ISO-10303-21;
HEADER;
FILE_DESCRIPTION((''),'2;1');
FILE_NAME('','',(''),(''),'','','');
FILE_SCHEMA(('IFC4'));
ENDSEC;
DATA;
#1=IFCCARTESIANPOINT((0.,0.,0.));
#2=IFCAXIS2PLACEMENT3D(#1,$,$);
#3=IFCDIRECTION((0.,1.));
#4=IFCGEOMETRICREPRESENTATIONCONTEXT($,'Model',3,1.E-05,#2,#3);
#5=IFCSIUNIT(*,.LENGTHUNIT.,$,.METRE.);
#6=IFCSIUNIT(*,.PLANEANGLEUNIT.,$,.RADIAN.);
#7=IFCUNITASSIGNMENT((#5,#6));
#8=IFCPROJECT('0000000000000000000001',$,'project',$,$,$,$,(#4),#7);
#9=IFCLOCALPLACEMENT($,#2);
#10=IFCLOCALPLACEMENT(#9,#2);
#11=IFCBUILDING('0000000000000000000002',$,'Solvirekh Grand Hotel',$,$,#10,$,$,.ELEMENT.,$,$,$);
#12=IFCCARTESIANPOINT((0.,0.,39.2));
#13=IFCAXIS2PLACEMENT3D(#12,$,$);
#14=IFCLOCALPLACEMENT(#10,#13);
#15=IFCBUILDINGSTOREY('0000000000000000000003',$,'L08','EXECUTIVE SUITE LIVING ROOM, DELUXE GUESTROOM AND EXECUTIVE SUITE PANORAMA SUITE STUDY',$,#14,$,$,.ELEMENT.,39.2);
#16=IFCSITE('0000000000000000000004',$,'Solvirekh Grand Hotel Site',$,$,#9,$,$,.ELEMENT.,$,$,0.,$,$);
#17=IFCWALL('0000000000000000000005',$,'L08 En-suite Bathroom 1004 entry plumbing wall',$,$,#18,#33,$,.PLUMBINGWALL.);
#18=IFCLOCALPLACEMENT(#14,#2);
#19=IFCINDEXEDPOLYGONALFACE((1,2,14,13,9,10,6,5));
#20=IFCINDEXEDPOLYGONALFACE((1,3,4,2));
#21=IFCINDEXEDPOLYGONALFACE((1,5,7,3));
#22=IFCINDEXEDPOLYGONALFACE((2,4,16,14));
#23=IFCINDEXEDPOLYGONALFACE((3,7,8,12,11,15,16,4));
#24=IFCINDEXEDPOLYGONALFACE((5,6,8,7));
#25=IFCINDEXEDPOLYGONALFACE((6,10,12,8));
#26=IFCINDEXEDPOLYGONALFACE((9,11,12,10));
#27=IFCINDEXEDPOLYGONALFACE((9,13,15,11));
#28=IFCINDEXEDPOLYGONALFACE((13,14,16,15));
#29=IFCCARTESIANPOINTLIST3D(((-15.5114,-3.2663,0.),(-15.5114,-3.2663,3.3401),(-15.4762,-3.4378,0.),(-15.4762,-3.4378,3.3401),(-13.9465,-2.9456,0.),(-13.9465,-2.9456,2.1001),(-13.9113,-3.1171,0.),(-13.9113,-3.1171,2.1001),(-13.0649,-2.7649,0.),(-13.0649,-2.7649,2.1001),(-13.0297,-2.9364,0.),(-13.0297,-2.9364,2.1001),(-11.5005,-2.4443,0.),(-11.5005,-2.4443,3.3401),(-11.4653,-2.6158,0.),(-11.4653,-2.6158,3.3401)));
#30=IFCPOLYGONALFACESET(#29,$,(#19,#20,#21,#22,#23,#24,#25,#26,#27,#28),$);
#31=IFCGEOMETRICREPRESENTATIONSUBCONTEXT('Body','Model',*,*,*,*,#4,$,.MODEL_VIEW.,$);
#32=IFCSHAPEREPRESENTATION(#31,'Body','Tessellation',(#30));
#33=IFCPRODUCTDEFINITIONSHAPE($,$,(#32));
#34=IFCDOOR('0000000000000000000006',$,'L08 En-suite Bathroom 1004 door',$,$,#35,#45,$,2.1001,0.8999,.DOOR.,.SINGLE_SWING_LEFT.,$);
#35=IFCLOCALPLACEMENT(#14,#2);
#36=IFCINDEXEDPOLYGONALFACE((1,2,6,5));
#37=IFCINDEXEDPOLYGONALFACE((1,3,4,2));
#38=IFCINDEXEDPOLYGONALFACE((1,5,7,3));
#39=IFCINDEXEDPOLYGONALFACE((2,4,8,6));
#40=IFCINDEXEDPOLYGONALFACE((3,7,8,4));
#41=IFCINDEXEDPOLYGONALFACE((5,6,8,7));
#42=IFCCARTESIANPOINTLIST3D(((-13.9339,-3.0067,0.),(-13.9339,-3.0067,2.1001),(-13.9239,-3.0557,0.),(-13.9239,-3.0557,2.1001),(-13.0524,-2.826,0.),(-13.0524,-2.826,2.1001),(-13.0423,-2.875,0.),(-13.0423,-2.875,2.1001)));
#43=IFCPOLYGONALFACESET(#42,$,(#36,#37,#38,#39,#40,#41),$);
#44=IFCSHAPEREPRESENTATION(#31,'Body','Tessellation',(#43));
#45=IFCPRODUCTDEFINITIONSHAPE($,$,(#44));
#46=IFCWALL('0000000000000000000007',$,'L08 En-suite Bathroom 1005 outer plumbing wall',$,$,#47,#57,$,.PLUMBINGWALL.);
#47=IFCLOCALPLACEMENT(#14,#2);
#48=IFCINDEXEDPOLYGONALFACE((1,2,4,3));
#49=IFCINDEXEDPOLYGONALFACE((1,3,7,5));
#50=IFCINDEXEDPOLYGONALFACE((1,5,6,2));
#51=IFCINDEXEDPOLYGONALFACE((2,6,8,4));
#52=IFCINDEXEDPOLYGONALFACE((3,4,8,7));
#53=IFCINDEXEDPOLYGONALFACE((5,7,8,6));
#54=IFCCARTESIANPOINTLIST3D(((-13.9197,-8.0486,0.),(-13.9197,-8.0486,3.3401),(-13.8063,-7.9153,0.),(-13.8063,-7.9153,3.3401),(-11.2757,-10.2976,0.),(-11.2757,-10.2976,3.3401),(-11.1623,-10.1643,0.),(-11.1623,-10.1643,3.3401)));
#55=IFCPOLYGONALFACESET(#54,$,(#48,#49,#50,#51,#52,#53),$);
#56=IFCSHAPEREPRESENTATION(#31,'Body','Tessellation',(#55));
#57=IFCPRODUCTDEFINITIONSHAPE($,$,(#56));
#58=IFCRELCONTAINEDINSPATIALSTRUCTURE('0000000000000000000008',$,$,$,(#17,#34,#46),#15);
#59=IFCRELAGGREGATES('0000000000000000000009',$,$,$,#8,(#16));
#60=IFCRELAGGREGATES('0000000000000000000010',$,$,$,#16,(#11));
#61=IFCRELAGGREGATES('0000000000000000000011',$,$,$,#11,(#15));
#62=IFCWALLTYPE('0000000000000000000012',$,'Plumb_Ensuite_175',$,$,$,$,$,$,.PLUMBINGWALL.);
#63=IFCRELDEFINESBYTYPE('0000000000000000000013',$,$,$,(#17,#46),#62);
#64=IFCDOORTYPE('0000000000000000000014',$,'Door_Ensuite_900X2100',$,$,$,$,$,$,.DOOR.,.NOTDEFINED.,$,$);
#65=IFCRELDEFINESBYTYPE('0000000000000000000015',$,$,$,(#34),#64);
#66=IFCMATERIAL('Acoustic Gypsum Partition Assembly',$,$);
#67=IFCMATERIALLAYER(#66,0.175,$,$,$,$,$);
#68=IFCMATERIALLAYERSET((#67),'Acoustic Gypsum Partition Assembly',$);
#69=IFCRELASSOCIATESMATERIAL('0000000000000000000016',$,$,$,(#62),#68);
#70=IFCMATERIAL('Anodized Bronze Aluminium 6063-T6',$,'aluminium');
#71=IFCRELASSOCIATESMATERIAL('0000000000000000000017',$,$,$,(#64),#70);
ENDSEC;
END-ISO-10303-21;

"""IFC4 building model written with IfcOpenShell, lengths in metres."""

from ifc_helpers import new_model, si_unit, direction, frame, frame_2d, origin, place, context, subcontext, project, spatial, rectangle, extrude, material, layer, layer_set, type_object, element, fill, save


model = new_model("IFC4")

# Units and contexts
model_context = context("Model", 3, precision=1e-05, world=origin(), true_north=direction((0.0, 1.0)))
body_context = subcontext(model_context, "Body", "Model", "MODEL_VIEW")
ifc_project = project(units=[si_unit("LENGTHUNIT", "METRE"), si_unit("PLANEANGLEUNIT", "RADIAN")], contexts=[model_context])

# Site, building, storey
site_placement = place(None, origin())
site = spatial("IfcSite", under=ifc_project, at=site_placement, Name="Solvirekh Grand Hotel Site", CompositionType="ELEMENT", RefElevation=0.0)
building_placement = place(site_placement, origin())
building = spatial("IfcBuilding", under=site, at=building_placement, Name="Solvirekh Grand Hotel", CompositionType="ELEMENT")
storey_placement = place(building_placement, frame((0.0, 0.0, 39.2)))
storey = spatial("IfcBuildingStorey", under=building, at=storey_placement, Name="L08", Description="EXECUTIVE SUITE LIVING ROOM, DELUXE GUESTROOM AND EXECUTIVE SUITE PANORAMA SUITE STUDY", CompositionType="ELEMENT", Elevation=39.2)

# Shared definitions
ifc_material_1 = material(Name="Anodized Bronze Aluminium 6063-T6", Category="aluminium")

# Shared definitions
ifc_material_2 = material(Name="Acoustic Gypsum Partition Assembly")

# Shared definitions
ifc_layer_1 = layer(ifc_material_2, 0.175)
ifc_layer_set_1 = layer_set([ifc_layer_1], Name="Acoustic Gypsum Partition Assembly")
wall_type_1 = type_object("IfcWallType", Name="Plumb_Ensuite_175", PredefinedType="PLUMBINGWALL", material=ifc_layer_set_1)

# Wall, opening, door
wall_1_placement = place(storey_placement, frame((-11.4829, -2.53, 0.0), z_axis=(0.0, 0.0, 1.0), x_axis=(-0.979638, -0.20077, 0.0)))
wall_1 = element("IfcWall", 1, at=wall_1_placement, inside=storey, type_object=wall_type_1, Name="L08 En-suite Bathroom 1004 entry plumbing wall", PredefinedType="PLUMBINGWALL", context=body_context, shape_type="SweptSolid", body=[
    extrude(rectangle(XDim=4.0942, YDim=0.175, at=frame_2d((2.0471, 0.0))), origin(), (0.0, 0.0, 1.0), 3.3401),
])
opening_1_placement = place(wall_1_placement, frame((1.5969, 0.0, 0.0)))
opening_1 = element("IfcOpeningElement", 2, at=opening_1_placement, cuts=wall_1, PredefinedType="OPENING", context=body_context, shape_type="SweptSolid", body=[
    extrude(rectangle(XDim=0.8999, YDim=2.1001, at=frame_2d((0.45, 1.05))), frame((0.0, 0.0977, 0.0), z_axis=(0.0, -1.0, 0.0), x_axis=(1.0, 0.0, 0.0)), (0.0, 0.0, 1.0), 0.1951),
])
door_type_1 = type_object("IfcDoorType", Name="Door_Ensuite_900X2100", OperationType="NOTDEFINED", PredefinedType="DOOR", material=ifc_material_1)
door_1_placement = place(opening_1_placement, origin())
door_1 = element("IfcDoor", 3, at=door_1_placement, inside=storey, type_object=door_type_1, Name="L08 En-suite Bathroom 1004 door", OperationType="SINGLE_SWING_LEFT", OverallHeight=2.1001, OverallWidth=0.8999, PredefinedType="DOOR", context=body_context, shape_type="SweptSolid", body=[
    extrude(rectangle(XDim=0.8999, YDim=2.1001, at=frame_2d((0.45, 1.05))), frame((0.0, 0.0249, 0.0), z_axis=(0.0, -1.0, 0.0), x_axis=(1.0, 0.0, 0.0)), (0.0, 0.0, 1.0), 0.05),
])
fill(opening_1, door_1)

# Wall
wall_2_placement = place(storey_placement, frame((-13.863, -7.9819, 0.0), z_axis=(0.0, 0.0, 1.0), x_axis=(0.761714, -0.647914, 0.0)))
element("IfcWall", 4, at=wall_2_placement, inside=storey, type_object=wall_type_1, Name="L08 En-suite Bathroom 1005 outer plumbing wall", PredefinedType="PLUMBINGWALL", context=body_context, shape_type="SweptSolid", body=[
    extrude(rectangle(XDim=3.4712, YDim=0.175, at=frame_2d((1.7356, 0.0))), origin(), (0.0, 0.0, 1.0), 3.3401),
])

save(model, "model.ifc")
